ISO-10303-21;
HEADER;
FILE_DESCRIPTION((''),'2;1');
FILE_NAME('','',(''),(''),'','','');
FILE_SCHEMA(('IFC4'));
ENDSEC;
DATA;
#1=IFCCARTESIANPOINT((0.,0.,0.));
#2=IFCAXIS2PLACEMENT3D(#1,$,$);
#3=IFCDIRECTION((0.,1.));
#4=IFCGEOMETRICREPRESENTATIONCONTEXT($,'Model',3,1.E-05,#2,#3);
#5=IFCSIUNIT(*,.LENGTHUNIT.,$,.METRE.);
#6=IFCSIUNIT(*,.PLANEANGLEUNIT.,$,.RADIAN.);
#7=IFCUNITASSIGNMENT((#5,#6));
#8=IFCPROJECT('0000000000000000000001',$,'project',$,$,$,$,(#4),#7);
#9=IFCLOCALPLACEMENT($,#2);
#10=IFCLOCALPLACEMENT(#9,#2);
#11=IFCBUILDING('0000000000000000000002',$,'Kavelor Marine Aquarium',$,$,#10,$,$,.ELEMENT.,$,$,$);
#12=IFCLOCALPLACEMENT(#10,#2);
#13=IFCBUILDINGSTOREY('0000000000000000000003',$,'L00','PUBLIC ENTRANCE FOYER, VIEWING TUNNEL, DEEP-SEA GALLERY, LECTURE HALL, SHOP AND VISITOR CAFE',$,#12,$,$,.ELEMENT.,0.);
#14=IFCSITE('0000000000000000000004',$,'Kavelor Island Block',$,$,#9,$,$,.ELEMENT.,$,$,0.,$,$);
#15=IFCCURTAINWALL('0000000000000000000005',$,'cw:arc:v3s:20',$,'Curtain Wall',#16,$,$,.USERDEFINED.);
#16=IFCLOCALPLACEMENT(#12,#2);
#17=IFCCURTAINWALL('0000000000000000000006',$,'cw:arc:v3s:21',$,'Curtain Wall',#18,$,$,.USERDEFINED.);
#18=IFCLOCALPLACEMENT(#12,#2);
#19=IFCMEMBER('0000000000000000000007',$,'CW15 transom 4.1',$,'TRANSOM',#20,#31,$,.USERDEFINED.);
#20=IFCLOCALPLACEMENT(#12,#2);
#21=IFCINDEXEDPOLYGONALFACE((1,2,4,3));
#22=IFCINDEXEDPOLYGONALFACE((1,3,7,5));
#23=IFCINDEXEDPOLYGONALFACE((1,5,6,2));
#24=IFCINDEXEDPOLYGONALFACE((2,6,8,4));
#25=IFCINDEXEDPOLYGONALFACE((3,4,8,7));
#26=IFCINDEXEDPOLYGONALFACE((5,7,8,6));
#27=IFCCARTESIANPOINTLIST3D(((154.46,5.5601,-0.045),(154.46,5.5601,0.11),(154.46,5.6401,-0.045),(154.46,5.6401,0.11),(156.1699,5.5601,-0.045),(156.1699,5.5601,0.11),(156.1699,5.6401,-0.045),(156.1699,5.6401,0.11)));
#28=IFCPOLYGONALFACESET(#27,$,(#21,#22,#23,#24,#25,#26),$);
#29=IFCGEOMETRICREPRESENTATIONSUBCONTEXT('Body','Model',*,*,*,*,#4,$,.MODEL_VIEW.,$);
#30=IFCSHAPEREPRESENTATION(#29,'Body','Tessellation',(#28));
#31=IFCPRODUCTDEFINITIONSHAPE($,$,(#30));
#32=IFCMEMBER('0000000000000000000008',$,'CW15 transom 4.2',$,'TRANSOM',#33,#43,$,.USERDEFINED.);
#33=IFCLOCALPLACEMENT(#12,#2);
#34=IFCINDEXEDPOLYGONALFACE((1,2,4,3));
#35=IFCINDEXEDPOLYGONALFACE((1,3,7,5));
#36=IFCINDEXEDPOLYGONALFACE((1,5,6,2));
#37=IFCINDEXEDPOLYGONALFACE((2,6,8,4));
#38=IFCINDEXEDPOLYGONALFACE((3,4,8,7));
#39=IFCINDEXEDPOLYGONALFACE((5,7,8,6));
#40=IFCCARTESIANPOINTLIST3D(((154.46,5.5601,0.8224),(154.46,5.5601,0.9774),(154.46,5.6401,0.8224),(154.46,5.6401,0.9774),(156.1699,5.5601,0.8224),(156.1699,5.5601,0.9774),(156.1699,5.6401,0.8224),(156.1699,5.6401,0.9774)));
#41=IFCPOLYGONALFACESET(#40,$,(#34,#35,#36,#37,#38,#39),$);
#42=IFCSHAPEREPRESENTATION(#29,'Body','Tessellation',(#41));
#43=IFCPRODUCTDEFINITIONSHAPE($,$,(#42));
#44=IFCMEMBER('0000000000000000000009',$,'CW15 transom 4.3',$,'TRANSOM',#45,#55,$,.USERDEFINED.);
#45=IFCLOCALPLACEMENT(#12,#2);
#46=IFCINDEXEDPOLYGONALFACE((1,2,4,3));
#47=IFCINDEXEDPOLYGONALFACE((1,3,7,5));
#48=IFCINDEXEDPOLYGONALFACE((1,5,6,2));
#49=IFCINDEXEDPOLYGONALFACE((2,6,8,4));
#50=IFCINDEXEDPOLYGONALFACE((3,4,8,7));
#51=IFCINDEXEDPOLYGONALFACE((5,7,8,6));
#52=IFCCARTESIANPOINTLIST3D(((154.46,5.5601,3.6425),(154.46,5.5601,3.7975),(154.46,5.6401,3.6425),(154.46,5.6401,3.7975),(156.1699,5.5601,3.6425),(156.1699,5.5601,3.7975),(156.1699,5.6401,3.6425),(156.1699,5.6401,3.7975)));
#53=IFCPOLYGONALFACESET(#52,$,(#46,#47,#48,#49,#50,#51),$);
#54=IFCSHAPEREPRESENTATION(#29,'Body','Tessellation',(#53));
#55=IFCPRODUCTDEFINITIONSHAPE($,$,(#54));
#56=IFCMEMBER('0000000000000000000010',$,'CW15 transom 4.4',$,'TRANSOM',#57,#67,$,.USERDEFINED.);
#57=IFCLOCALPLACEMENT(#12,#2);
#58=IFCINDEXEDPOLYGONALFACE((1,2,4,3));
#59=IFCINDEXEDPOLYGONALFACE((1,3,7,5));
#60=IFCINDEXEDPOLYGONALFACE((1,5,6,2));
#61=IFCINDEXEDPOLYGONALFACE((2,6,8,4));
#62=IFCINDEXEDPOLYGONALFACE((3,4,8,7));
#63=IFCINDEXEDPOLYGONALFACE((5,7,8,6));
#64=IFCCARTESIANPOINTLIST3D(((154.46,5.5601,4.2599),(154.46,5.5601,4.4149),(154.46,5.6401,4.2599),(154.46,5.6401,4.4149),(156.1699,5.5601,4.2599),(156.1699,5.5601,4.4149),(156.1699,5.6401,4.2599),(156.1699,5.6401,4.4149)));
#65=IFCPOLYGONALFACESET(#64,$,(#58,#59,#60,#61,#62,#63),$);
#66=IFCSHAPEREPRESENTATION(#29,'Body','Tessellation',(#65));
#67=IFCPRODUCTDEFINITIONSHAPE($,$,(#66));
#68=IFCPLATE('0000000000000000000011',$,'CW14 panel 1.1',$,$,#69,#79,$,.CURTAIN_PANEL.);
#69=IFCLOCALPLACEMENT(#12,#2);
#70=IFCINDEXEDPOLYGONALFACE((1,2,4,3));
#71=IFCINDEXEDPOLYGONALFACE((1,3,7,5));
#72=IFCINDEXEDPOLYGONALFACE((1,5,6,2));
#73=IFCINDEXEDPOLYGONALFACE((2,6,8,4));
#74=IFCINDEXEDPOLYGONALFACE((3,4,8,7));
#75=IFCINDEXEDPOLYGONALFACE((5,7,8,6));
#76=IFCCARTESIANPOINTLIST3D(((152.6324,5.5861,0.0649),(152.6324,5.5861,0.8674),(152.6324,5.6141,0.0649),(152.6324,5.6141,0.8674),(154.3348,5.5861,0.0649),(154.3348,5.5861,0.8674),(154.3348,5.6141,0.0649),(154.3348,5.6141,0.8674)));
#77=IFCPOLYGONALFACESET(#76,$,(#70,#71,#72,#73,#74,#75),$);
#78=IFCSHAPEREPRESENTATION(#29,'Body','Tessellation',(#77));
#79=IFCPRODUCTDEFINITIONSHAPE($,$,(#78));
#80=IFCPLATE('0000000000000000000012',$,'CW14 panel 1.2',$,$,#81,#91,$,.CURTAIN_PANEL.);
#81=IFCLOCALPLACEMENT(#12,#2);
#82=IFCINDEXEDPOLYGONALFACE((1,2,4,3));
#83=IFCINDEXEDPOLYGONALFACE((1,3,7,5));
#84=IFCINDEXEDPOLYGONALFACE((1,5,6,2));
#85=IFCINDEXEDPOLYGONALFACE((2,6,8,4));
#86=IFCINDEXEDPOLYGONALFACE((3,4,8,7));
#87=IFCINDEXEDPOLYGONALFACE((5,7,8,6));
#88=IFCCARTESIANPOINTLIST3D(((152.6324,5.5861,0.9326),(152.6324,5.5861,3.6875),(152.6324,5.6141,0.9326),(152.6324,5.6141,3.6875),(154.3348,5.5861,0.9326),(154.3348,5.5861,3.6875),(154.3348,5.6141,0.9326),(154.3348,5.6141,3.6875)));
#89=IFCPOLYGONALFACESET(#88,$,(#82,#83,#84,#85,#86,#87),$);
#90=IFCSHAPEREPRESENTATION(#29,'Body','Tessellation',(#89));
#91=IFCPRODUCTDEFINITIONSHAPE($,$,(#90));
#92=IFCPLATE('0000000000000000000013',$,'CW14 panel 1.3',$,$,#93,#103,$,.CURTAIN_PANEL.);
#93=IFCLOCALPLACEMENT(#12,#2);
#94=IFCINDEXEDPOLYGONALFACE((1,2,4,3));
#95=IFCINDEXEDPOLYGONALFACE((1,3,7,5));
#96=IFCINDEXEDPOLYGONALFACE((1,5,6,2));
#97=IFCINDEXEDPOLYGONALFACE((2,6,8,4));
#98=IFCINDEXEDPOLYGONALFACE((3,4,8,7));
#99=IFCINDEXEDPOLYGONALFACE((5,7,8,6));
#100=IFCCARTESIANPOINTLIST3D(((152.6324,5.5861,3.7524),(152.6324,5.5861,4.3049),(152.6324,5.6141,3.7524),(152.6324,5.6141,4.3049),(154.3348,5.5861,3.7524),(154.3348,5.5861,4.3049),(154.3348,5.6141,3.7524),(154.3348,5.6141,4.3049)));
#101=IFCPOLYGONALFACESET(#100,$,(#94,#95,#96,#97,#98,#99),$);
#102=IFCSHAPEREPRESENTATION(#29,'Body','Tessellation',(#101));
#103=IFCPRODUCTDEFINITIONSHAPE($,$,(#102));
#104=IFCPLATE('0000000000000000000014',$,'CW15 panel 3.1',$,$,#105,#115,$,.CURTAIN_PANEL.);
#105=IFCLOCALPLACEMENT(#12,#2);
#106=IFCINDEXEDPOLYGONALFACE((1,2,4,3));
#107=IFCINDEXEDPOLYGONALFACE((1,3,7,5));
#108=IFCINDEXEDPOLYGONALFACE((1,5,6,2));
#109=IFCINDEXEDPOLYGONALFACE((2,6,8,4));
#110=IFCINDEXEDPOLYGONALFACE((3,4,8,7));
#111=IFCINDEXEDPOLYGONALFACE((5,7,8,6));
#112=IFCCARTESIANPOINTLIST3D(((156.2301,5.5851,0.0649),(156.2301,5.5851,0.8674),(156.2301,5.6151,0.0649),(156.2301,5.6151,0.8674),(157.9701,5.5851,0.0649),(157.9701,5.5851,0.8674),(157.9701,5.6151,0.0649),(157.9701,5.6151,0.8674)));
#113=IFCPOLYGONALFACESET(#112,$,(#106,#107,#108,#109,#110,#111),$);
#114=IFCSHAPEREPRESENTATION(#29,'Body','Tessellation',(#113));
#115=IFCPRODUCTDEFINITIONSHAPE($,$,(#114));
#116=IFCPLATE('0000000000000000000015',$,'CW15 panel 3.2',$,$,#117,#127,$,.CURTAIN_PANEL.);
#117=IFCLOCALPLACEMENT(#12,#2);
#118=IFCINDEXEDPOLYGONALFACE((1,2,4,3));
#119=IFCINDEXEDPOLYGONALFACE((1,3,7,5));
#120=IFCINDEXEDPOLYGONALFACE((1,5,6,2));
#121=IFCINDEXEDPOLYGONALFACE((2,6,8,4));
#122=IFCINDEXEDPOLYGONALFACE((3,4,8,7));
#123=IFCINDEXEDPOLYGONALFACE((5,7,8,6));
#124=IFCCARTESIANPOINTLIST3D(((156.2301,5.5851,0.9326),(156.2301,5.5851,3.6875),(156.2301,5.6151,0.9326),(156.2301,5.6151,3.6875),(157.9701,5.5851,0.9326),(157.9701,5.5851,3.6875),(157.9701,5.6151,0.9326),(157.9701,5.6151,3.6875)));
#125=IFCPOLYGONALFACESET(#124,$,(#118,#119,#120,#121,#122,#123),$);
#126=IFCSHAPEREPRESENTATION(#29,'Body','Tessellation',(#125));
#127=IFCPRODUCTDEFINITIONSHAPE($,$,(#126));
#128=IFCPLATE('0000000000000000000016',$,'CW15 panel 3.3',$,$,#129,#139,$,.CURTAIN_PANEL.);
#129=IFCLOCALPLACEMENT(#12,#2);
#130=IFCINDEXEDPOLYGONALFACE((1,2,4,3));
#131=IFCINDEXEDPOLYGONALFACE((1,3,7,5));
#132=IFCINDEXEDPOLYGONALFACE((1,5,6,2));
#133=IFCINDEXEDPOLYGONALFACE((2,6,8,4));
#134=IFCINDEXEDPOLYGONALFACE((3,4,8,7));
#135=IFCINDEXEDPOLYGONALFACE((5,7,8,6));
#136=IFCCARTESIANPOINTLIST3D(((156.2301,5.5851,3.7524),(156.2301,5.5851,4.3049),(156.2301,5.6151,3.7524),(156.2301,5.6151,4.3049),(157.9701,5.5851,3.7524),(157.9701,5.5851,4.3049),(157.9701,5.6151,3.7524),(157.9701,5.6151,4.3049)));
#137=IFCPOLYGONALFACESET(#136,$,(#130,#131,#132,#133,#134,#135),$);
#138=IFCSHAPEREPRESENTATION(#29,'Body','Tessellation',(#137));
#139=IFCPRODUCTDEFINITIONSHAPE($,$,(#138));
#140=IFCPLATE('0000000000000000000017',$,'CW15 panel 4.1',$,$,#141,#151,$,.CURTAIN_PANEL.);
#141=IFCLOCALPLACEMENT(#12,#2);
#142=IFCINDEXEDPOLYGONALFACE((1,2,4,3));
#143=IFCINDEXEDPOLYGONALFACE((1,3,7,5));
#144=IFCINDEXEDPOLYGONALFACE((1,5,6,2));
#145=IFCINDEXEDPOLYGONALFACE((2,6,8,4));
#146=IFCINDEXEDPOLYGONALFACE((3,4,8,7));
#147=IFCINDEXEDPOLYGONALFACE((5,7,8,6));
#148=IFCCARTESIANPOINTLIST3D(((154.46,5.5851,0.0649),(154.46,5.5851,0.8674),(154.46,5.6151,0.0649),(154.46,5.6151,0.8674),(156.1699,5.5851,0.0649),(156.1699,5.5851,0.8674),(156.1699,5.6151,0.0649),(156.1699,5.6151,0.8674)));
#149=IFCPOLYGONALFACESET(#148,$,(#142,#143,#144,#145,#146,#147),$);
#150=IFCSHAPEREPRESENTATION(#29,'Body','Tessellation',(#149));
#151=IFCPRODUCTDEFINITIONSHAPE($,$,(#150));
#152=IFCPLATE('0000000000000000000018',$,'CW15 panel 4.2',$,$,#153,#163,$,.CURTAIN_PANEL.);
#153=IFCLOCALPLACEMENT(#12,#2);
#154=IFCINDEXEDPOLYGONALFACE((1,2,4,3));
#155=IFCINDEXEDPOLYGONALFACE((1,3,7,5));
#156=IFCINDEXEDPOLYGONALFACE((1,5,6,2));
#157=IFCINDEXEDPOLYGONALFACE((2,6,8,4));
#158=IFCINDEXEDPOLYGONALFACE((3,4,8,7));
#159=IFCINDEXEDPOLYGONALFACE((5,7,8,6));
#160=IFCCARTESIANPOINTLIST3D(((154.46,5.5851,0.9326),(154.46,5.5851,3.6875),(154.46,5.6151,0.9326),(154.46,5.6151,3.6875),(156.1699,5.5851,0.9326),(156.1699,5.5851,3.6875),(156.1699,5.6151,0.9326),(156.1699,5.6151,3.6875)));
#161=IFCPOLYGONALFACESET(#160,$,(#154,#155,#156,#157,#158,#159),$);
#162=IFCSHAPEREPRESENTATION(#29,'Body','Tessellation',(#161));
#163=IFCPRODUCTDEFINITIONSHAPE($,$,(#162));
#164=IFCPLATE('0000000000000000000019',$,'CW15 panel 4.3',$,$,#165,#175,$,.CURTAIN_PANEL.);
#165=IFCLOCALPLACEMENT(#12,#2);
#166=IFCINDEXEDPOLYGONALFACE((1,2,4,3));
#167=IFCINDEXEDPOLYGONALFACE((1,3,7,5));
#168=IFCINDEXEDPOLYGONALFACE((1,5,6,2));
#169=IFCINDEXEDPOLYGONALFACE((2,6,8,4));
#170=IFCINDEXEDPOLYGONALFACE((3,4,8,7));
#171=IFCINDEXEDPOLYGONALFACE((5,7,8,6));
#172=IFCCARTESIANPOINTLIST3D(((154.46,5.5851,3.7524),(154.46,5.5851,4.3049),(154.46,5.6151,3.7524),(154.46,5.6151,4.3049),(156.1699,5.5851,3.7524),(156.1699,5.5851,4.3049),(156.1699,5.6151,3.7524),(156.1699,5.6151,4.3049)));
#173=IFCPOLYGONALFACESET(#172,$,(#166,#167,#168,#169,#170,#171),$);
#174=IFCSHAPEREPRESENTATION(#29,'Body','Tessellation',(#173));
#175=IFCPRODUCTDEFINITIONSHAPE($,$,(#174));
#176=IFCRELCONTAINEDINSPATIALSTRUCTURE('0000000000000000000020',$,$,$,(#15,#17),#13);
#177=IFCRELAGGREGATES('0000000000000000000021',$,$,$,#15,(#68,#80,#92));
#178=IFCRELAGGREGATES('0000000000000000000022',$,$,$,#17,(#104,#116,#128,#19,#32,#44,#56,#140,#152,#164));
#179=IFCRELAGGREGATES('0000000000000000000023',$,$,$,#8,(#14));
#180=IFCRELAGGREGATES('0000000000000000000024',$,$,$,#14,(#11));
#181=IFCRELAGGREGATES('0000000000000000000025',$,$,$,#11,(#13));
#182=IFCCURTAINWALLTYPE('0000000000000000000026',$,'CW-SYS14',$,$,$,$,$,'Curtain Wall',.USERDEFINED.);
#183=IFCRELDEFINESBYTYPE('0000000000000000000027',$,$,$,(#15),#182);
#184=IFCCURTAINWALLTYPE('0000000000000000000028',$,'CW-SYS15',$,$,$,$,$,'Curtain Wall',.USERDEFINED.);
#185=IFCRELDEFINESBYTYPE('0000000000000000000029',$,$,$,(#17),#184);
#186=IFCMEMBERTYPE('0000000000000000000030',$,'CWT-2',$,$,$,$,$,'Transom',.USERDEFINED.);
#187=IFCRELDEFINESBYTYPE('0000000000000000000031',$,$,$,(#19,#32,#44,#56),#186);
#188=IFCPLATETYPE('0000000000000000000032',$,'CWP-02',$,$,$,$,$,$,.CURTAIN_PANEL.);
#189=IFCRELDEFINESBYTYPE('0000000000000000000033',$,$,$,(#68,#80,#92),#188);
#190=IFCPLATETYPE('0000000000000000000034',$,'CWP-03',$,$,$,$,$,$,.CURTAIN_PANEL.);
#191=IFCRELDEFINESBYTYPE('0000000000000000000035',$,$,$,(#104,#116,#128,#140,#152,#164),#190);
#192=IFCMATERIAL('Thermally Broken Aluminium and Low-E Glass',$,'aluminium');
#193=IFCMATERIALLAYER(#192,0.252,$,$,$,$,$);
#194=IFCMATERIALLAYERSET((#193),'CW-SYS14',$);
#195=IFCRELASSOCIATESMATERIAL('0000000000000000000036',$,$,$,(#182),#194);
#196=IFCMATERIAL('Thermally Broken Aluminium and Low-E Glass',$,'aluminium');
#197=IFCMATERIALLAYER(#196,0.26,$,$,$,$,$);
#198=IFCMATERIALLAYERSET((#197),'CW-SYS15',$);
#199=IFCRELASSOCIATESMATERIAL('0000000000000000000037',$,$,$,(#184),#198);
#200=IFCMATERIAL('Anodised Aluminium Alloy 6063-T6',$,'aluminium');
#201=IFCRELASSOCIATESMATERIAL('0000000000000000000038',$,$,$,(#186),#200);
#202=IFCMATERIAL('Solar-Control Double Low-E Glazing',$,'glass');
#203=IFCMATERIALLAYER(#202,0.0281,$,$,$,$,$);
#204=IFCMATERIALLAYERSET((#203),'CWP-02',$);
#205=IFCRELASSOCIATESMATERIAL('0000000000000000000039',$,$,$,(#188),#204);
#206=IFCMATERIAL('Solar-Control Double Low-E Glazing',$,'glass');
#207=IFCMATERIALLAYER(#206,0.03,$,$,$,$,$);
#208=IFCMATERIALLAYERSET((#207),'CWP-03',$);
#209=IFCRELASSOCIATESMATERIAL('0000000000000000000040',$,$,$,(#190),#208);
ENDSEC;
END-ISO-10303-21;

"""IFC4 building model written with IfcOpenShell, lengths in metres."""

from ifc_helpers import new_model, si_unit, direction, frame, origin, origin_2d, place, context, subcontext, project, spatial, rectangle, extrude, material, layer, layer_set, material_profile, profile_set, type_object, element, aggregate, save


model = new_model("IFC4")

# Units and contexts
model_context = context("Model", 3, precision=1e-05, world=origin(), true_north=direction((0.0, 1.0)))
body_context = subcontext(model_context, "Body", "Model", "MODEL_VIEW")
ifc_project = project(units=[si_unit("LENGTHUNIT", "METRE"), si_unit("PLANEANGLEUNIT", "RADIAN")], contexts=[model_context])

# Site, building, storey
site_placement = place(None, origin())
site = spatial("IfcSite", under=ifc_project, at=site_placement, Name="Kavelor Island Block", CompositionType="ELEMENT", RefElevation=0.0)
building_placement = place(site_placement, origin())
building = spatial("IfcBuilding", under=site, at=building_placement, Name="Kavelor Marine Aquarium", CompositionType="ELEMENT")
storey_placement = place(building_placement, origin())
storey = spatial("IfcBuildingStorey", under=building, at=storey_placement, Name="L00", Description="PUBLIC ENTRANCE FOYER, VIEWING TUNNEL, DEEP-SEA GALLERY, LECTURE HALL, SHOP AND VISITOR CAFE", CompositionType="ELEMENT", Elevation=0.0)

# Curtain walls
ifc_material_1 = material(Name="Thermally Broken Aluminium and Low-E Glass", Category="aluminium")
ifc_layer_1 = layer(ifc_material_1, 0.252)
ifc_layer_set_1 = layer_set([ifc_layer_1], Name="CW-SYS14")
curtain_wall_type_1 = type_object("IfcCurtainWallType", Name="CW-SYS14", ElementType="Curtain Wall", PredefinedType="USERDEFINED", material=ifc_layer_set_1)
curtain_wall_1_placement = place(storey_placement, origin())
curtain_wall_1 = element("IfcCurtainWall", 1, at=curtain_wall_1_placement, inside=storey, type_object=curtain_wall_type_1, Name="cw:arc:v3s:20", ObjectType="Curtain Wall", PredefinedType="USERDEFINED")
ifc_material_2 = material(Name="Thermally Broken Aluminium and Low-E Glass", Category="aluminium")
ifc_layer_2 = layer(ifc_material_2, 0.26)
ifc_layer_set_2 = layer_set([ifc_layer_2], Name="CW-SYS15")
curtain_wall_type_2 = type_object("IfcCurtainWallType", Name="CW-SYS15", ElementType="Curtain Wall", PredefinedType="USERDEFINED", material=ifc_layer_set_2)
curtain_wall_2_placement = place(storey_placement, origin())
curtain_wall_2 = element("IfcCurtainWall", 2, at=curtain_wall_2_placement, inside=storey, type_object=curtain_wall_type_2, Name="cw:arc:v3s:21", ObjectType="Curtain Wall", PredefinedType="USERDEFINED")

# Members
ifc_material_3 = material(Name="Anodised Aluminium Alloy 6063-T6", Category="aluminium")
ifc_material_profile_1 = material_profile(ifc_material_3, rectangle(XDim=0.0801, YDim=0.155, at=origin_2d()), Name="CW-TRN 80x155")
ifc_profile_set_1 = profile_set([ifc_material_profile_1], Name="Anodised Aluminium Alloy 6063-T6")
member_type_1 = type_object("IfcMemberType", Name="CWT-2", ElementType="Transom", PredefinedType="USERDEFINED", material=ifc_profile_set_1)
member_1_placement = place(storey_placement, frame((156.1699, 5.6001, 0.0325), z_axis=(-1.0, 0.0, 0.0), x_axis=(0.0, -1.0, 0.0)))
member_1 = element("IfcMember", 3, at=member_1_placement, type_object=member_type_1, Name="CW15 transom 4.1", ObjectType="TRANSOM", PredefinedType="USERDEFINED", context=body_context, shape_type="SweptSolid", body=[
    extrude(rectangle(XDim=0.0801, YDim=0.155, at=origin_2d()), origin(), (0.0, 0.0, 1.0), 1.71),
])
member_2_placement = place(storey_placement, frame((156.1699, 5.6001, 0.8999), z_axis=(-1.0, 0.0, 0.0), x_axis=(0.0, -1.0, 0.0)))
member_2 = element("IfcMember", 4, at=member_2_placement, type_object=member_type_1, Name="CW15 transom 4.2", ObjectType="TRANSOM", PredefinedType="USERDEFINED", context=body_context, shape_type="SweptSolid", body=[
    extrude(rectangle(XDim=0.0801, YDim=0.155, at=origin_2d()), origin(), (0.0, 0.0, 1.0), 1.71),
])
member_3_placement = place(storey_placement, frame((156.1699, 5.6001, 3.72), z_axis=(-1.0, 0.0, 0.0), x_axis=(0.0, -1.0, 0.0)))
member_3 = element("IfcMember", 5, at=member_3_placement, type_object=member_type_1, Name="CW15 transom 4.3", ObjectType="TRANSOM", PredefinedType="USERDEFINED", context=body_context, shape_type="SweptSolid", body=[
    extrude(rectangle(XDim=0.0801, YDim=0.155, at=origin_2d()), origin(), (0.0, 0.0, 1.0), 1.71),
])
member_4_placement = place(storey_placement, frame((156.1699, 5.6001, 4.3374), z_axis=(-1.0, 0.0, 0.0), x_axis=(0.0, -1.0, 0.0)))
member_4 = element("IfcMember", 6, at=member_4_placement, type_object=member_type_1, Name="CW15 transom 4.4", ObjectType="TRANSOM", PredefinedType="USERDEFINED", context=body_context, shape_type="SweptSolid", body=[
    extrude(rectangle(XDim=0.0801, YDim=0.155, at=origin_2d()), origin(), (0.0, 0.0, 1.0), 1.71),
])

# Plates
ifc_material_4 = material(Name="Solar-Control Double Low-E Glazing", Category="glass")
ifc_layer_3 = layer(ifc_material_4, 0.0281)
ifc_layer_set_3 = layer_set([ifc_layer_3], Name="CWP-02")
plate_type_1 = type_object("IfcPlateType", Name="CWP-02", PredefinedType="CURTAIN_PANEL", material=ifc_layer_set_3)
plate_1_placement = place(storey_placement, frame((153.4836, 5.6001, 0.0649), z_axis=(0.0, 0.0, 1.0), x_axis=(-1.0, 0.0, 0.0)))
plate_1 = element("IfcPlate", 7, at=plate_1_placement, type_object=plate_type_1, Name="CW14 panel 1.1", PredefinedType="CURTAIN_PANEL", context=body_context, shape_type="SweptSolid", body=[
    extrude(rectangle(XDim=1.7024, YDim=0.0281, at=origin_2d()), origin(), (0.0, 0.0, 1.0), 0.8025),
])
plate_2_placement = place(storey_placement, frame((153.4836, 5.6001, 0.9326), z_axis=(0.0, 0.0, 1.0), x_axis=(-1.0, 0.0, 0.0)))
plate_2 = element("IfcPlate", 8, at=plate_2_placement, type_object=plate_type_1, Name="CW14 panel 1.2", PredefinedType="CURTAIN_PANEL", context=body_context, shape_type="SweptSolid", body=[
    extrude(rectangle(XDim=1.7024, YDim=0.0281, at=origin_2d()), origin(), (0.0, 0.0, 1.0), 2.7549),
])
plate_3_placement = place(storey_placement, frame((153.4836, 5.6001, 3.7524), z_axis=(0.0, 0.0, 1.0), x_axis=(-1.0, 0.0, 0.0)))
plate_3 = element("IfcPlate", 9, at=plate_3_placement, type_object=plate_type_1, Name="CW14 panel 1.3", PredefinedType="CURTAIN_PANEL", context=body_context, shape_type="SweptSolid", body=[
    extrude(rectangle(XDim=1.7024, YDim=0.0281, at=origin_2d()), origin(), (0.0, 0.0, 1.0), 0.5525),
])
aggregate(curtain_wall_1, [plate_1, plate_2, plate_3])
ifc_material_5 = material(Name="Solar-Control Double Low-E Glazing", Category="glass")
ifc_layer_4 = layer(ifc_material_5, 0.03)
ifc_layer_set_4 = layer_set([ifc_layer_4], Name="CWP-03")
plate_type_2 = type_object("IfcPlateType", Name="CWP-03", PredefinedType="CURTAIN_PANEL", material=ifc_layer_set_4)
plate_4_placement = place(storey_placement, frame((157.1001, 5.6001, 0.0649), z_axis=(0.0, 0.0, 1.0), x_axis=(-1.0, 0.0, 0.0)))
plate_4 = element("IfcPlate", 10, at=plate_4_placement, type_object=plate_type_2, Name="CW15 panel 3.1", PredefinedType="CURTAIN_PANEL", context=body_context, shape_type="SweptSolid", body=[
    extrude(rectangle(XDim=1.74, YDim=0.03, at=origin_2d()), origin(), (0.0, 0.0, 1.0), 0.8025),
])
plate_5_placement = place(storey_placement, frame((157.1001, 5.6001, 0.9326), z_axis=(0.0, 0.0, 1.0), x_axis=(-1.0, 0.0, 0.0)))
plate_5 = element("IfcPlate", 11, at=plate_5_placement, type_object=plate_type_2, Name="CW15 panel 3.2", PredefinedType="CURTAIN_PANEL", context=body_context, shape_type="SweptSolid", body=[
    extrude(rectangle(XDim=1.74, YDim=0.03, at=origin_2d()), origin(), (0.0, 0.0, 1.0), 2.7549),
])
plate_6_placement = place(storey_placement, frame((157.1001, 5.6001, 3.7524), z_axis=(0.0, 0.0, 1.0), x_axis=(-1.0, 0.0, 0.0)))
plate_6 = element("IfcPlate", 12, at=plate_6_placement, type_object=plate_type_2, Name="CW15 panel 3.3", PredefinedType="CURTAIN_PANEL", context=body_context, shape_type="SweptSolid", body=[
    extrude(rectangle(XDim=1.74, YDim=0.03, at=origin_2d()), origin(), (0.0, 0.0, 1.0), 0.5525),
])
plate_7_placement = place(storey_placement, frame((155.3149, 5.6001, 0.0649), z_axis=(0.0, 0.0, 1.0), x_axis=(-1.0, 0.0, 0.0)))
plate_7 = element("IfcPlate", 13, at=plate_7_placement, type_object=plate_type_2, Name="CW15 panel 4.1", PredefinedType="CURTAIN_PANEL", context=body_context, shape_type="SweptSolid", body=[
    extrude(rectangle(XDim=1.71, YDim=0.03, at=origin_2d()), origin(), (0.0, 0.0, 1.0), 0.8025),
])
plate_8_placement = place(storey_placement, frame((155.3149, 5.6001, 0.9326), z_axis=(0.0, 0.0, 1.0), x_axis=(-1.0, 0.0, 0.0)))
plate_8 = element("IfcPlate", 14, at=plate_8_placement, type_object=plate_type_2, Name="CW15 panel 4.2", PredefinedType="CURTAIN_PANEL", context=body_context, shape_type="SweptSolid", body=[
    extrude(rectangle(XDim=1.71, YDim=0.03, at=origin_2d()), origin(), (0.0, 0.0, 1.0), 2.7549),
])
plate_9_placement = place(storey_placement, frame((155.3149, 5.6001, 3.7524), z_axis=(0.0, 0.0, 1.0), x_axis=(-1.0, 0.0, 0.0)))
plate_9 = element("IfcPlate", 15, at=plate_9_placement, type_object=plate_type_2, Name="CW15 panel 4.3", PredefinedType="CURTAIN_PANEL", context=body_context, shape_type="SweptSolid", body=[
    extrude(rectangle(XDim=1.71, YDim=0.03, at=origin_2d()), origin(), (0.0, 0.0, 1.0), 0.5525),
])
aggregate(curtain_wall_2, [plate_4, plate_5, plate_6, member_1, member_2, member_3, member_4, plate_7, plate_8, plate_9])

save(model, "model.ifc")
